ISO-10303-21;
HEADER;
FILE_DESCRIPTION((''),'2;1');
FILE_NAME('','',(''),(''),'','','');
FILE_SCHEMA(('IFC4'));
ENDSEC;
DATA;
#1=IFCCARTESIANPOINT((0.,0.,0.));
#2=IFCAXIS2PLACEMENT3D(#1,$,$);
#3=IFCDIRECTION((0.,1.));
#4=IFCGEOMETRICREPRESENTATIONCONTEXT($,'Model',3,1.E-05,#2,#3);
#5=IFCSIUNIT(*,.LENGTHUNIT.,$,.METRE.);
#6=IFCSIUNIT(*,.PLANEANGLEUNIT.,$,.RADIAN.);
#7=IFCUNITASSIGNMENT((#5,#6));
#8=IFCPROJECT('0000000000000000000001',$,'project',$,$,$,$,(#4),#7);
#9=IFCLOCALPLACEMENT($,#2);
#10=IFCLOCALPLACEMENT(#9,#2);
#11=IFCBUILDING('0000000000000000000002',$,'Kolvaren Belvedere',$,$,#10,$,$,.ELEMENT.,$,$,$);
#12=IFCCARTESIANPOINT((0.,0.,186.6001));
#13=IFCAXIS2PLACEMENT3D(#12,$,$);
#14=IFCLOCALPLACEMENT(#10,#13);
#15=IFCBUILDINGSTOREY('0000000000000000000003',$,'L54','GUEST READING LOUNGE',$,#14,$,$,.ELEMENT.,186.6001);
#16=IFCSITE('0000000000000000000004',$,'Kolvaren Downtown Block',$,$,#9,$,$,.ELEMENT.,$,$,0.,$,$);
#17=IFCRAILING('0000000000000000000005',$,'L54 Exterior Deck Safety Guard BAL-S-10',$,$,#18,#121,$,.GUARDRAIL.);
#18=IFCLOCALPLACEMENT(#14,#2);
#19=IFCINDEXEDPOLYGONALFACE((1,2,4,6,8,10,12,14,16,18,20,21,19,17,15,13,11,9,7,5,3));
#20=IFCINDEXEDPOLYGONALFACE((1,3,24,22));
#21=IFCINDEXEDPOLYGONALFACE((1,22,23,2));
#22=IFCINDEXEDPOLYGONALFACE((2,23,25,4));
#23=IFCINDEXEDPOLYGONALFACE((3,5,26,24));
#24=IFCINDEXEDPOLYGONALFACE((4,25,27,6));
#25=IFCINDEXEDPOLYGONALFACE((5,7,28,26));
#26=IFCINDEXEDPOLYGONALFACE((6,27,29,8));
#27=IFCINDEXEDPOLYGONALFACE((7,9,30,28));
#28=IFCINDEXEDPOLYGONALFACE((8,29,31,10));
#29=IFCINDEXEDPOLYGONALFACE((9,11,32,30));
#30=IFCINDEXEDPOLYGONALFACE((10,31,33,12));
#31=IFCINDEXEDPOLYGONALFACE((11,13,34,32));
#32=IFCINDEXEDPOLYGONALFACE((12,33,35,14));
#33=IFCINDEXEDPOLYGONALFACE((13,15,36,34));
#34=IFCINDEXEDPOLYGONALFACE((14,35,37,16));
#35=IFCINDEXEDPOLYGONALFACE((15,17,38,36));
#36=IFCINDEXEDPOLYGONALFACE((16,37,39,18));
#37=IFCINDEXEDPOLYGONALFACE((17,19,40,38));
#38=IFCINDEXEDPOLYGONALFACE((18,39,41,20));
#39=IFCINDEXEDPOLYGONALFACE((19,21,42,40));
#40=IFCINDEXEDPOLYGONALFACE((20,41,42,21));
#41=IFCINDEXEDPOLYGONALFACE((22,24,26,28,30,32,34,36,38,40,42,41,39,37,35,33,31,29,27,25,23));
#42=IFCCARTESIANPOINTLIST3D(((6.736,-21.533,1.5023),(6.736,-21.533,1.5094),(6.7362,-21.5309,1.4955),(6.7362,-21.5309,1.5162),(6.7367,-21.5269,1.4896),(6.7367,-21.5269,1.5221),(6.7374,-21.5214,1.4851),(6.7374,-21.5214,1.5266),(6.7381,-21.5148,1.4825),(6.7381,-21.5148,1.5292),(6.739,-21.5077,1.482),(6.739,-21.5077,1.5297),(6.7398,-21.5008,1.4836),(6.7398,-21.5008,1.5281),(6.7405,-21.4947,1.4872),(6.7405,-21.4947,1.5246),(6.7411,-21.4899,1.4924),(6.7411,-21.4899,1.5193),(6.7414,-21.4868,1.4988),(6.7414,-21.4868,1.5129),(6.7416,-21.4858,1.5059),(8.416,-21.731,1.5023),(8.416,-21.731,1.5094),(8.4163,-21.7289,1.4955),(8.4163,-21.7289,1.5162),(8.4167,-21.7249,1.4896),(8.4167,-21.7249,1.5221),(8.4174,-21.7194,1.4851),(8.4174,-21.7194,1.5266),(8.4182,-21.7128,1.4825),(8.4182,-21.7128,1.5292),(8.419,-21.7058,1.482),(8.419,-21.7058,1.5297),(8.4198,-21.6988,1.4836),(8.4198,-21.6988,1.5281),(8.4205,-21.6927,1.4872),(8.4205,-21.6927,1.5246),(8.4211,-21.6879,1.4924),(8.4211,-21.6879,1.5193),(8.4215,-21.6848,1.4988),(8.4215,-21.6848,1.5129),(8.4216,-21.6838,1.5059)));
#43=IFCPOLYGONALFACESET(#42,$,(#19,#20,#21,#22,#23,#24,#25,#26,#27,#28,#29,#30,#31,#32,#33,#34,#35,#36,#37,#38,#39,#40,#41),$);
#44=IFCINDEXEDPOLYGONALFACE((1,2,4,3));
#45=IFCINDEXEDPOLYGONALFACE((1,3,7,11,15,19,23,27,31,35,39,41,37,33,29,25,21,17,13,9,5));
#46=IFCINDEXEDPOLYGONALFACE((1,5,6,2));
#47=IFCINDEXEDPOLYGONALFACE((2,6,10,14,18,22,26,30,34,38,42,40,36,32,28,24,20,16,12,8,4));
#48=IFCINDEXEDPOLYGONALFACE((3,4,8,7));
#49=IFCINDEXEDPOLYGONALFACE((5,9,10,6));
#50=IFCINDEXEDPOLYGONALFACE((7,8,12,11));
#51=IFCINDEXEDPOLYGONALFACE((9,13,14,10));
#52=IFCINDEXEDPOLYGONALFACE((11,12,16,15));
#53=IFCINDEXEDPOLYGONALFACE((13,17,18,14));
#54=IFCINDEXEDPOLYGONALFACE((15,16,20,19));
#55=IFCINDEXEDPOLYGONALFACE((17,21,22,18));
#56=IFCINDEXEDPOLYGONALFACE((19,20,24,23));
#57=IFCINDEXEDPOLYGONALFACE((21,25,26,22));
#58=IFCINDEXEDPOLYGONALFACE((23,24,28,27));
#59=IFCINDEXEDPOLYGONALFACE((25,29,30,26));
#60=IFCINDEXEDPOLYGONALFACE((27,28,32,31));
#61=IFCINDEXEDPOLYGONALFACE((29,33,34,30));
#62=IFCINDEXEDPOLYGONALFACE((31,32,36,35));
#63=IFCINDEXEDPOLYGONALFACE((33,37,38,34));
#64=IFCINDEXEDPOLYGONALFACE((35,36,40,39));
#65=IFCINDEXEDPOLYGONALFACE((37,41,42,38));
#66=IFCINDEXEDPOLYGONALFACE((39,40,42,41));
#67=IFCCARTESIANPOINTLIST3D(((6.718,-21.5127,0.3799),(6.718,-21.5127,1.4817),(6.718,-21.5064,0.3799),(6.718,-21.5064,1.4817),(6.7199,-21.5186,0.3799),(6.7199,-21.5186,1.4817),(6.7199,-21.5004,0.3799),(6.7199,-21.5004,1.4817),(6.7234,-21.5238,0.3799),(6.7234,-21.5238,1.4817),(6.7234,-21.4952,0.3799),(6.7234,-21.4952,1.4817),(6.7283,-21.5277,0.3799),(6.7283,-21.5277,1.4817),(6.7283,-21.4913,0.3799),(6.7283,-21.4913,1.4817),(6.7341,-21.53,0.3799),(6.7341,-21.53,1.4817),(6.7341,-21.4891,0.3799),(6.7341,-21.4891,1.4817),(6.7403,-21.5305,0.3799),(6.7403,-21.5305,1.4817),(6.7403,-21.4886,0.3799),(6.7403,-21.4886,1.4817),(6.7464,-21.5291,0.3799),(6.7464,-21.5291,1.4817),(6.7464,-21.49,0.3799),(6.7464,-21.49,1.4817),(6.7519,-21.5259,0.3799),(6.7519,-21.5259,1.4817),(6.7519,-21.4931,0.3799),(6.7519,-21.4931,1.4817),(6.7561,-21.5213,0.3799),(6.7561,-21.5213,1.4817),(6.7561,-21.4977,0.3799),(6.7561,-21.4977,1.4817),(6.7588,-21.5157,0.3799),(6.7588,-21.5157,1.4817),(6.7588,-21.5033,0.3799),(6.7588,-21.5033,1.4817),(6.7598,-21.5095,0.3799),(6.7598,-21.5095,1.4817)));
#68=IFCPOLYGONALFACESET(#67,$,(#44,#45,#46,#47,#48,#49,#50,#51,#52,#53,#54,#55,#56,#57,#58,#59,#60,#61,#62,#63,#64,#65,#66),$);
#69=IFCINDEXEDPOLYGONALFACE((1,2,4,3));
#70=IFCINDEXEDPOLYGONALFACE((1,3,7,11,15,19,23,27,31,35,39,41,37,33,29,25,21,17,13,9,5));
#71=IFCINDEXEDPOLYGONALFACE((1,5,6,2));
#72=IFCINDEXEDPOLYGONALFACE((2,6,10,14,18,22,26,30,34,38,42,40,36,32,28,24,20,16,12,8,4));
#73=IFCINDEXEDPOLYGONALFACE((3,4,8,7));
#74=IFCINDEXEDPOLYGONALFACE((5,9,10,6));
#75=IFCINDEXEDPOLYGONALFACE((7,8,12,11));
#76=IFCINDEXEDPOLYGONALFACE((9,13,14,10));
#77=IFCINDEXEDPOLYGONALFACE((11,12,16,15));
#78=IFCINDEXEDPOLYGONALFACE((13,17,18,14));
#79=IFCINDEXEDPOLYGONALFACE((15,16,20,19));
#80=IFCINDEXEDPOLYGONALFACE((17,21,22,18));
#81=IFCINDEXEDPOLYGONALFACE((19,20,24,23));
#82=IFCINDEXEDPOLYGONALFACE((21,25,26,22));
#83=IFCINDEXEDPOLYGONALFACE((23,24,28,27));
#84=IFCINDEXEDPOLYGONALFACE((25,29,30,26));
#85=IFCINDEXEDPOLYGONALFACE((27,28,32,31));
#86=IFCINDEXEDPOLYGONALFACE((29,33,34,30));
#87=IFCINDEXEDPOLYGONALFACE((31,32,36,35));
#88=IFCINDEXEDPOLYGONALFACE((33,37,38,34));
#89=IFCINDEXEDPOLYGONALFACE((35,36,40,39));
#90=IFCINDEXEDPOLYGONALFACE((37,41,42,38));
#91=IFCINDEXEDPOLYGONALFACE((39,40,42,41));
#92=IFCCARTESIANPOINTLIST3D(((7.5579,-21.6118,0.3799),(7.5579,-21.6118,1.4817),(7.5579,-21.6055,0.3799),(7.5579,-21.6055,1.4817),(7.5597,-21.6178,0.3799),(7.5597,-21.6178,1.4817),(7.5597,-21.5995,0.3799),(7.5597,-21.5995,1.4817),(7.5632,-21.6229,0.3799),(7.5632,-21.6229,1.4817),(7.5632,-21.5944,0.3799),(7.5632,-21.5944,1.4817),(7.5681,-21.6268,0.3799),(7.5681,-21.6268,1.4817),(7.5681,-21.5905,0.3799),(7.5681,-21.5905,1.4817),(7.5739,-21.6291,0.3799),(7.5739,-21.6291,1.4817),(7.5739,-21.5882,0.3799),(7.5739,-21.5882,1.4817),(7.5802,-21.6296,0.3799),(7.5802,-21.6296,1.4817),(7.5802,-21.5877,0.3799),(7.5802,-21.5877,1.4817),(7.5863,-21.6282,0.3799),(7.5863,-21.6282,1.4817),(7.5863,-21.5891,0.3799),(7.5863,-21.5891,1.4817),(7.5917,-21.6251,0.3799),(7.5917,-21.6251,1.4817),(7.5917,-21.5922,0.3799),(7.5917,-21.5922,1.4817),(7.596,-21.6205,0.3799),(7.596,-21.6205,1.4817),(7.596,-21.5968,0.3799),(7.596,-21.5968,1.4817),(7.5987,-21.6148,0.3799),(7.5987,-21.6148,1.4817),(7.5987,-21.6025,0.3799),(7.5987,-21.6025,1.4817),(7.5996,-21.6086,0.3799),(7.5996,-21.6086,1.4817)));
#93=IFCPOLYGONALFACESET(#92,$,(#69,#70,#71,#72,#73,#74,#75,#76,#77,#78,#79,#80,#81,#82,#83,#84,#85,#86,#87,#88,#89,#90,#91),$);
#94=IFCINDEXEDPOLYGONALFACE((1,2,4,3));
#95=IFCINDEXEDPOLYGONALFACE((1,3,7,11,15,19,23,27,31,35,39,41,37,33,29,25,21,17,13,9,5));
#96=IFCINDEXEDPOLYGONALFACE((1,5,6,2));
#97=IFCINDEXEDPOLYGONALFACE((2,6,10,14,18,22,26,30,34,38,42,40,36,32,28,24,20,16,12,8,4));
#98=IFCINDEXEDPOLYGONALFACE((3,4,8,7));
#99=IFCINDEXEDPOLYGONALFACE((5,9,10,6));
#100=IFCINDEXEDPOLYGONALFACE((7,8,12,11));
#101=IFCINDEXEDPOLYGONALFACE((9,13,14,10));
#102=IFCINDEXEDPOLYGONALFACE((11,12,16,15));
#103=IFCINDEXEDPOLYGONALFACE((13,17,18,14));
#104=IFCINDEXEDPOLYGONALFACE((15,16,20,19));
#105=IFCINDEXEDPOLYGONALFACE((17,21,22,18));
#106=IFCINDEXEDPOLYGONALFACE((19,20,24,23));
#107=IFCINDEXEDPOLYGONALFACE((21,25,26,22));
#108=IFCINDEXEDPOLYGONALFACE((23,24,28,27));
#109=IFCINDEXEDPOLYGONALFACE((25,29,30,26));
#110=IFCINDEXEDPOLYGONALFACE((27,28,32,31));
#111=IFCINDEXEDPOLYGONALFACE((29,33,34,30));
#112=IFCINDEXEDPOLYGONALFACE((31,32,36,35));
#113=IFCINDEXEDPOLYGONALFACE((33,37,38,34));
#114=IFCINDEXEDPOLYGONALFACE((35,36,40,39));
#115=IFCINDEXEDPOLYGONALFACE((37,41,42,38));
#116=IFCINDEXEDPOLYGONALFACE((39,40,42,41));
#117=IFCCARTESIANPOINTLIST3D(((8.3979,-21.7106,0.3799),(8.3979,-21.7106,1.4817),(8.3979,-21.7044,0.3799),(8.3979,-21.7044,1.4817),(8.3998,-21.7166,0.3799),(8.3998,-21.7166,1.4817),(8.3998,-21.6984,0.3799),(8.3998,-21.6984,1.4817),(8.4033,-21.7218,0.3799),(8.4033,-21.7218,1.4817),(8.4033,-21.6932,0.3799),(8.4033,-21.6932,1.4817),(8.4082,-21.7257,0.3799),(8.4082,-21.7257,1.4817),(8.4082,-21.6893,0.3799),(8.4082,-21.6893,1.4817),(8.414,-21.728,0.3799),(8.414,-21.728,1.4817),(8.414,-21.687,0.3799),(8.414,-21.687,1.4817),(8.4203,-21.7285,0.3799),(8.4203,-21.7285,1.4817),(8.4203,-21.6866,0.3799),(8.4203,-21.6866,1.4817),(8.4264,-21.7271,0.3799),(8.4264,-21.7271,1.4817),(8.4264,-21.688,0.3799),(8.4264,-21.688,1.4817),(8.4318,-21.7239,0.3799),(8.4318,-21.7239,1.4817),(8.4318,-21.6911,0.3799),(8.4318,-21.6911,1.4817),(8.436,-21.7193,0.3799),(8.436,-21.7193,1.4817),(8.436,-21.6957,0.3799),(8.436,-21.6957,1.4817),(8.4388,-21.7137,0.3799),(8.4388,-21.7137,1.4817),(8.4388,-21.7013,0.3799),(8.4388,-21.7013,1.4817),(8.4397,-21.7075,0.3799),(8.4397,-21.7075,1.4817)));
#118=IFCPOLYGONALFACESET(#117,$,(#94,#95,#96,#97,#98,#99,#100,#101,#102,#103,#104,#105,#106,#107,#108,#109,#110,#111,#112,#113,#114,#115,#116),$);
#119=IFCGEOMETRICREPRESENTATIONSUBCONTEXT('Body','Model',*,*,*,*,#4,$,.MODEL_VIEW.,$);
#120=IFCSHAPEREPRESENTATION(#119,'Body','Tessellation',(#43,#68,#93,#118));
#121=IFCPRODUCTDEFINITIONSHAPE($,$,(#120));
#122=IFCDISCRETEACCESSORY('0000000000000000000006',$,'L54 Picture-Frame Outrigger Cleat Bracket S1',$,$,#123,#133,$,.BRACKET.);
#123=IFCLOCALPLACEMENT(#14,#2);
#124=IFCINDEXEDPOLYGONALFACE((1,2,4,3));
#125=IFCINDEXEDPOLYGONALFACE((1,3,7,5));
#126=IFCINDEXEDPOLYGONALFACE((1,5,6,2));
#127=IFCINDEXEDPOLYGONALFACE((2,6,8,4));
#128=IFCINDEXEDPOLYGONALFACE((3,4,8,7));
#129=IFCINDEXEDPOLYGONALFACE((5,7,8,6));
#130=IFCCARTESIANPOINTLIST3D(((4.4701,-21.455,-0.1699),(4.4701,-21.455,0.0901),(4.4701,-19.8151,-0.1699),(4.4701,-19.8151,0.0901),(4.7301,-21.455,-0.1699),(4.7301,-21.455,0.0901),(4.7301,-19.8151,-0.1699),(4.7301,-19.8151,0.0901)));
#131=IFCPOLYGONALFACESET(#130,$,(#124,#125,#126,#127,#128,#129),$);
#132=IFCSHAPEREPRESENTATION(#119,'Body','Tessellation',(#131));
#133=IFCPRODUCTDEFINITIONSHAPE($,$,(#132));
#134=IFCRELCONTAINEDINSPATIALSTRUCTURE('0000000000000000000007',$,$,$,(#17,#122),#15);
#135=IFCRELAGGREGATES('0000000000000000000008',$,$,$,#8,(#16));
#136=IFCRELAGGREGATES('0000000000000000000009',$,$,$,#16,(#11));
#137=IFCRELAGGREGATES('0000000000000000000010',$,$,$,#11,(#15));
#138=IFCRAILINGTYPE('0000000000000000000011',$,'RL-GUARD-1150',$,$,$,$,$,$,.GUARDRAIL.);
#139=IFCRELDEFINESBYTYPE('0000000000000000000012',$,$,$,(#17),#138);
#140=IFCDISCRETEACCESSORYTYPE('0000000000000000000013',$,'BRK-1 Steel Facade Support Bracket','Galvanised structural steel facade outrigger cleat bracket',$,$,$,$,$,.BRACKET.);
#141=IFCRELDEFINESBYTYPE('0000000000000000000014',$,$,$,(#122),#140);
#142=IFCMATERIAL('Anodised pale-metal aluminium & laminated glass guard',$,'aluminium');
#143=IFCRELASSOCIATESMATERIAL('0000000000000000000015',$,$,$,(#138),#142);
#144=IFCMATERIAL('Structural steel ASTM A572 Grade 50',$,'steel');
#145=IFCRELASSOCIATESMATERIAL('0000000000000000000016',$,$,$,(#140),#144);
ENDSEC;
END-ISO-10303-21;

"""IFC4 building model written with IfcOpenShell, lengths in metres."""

from ifc_helpers import new_model, si_unit, direction, frame, origin, origin_2d, place, context, subcontext, project, spatial, rectangle, circle, extrude, material, type_object, element, save


model = new_model("IFC4")

# Units and contexts
model_context = context("Model", 3, precision=1e-05, world=origin(), true_north=direction((0.0, 1.0)))
body_context = subcontext(model_context, "Body", "Model", "MODEL_VIEW")
ifc_project = project(units=[si_unit("LENGTHUNIT", "METRE"), si_unit("PLANEANGLEUNIT", "RADIAN")], contexts=[model_context])

# Site, building, storey
site_placement = place(None, origin())
site = spatial("IfcSite", under=ifc_project, at=site_placement, Name="Kolvaren Downtown Block", CompositionType="ELEMENT", RefElevation=0.0)
building_placement = place(site_placement, origin())
building = spatial("IfcBuilding", under=site, at=building_placement, Name="Kolvaren Belvedere", CompositionType="ELEMENT")
storey_placement = place(building_placement, frame((0.0, 0.0, 186.6001)))
storey = spatial("IfcBuildingStorey", under=building, at=storey_placement, Name="L54", Description="GUEST READING LOUNGE", CompositionType="ELEMENT", Elevation=186.6001)

# Railing
ifc_material_1 = material(Name="Anodised pale-metal aluminium & laminated glass guard", Category="aluminium")
railing_type = type_object("IfcRailingType", Name="RL-GUARD-1150", PredefinedType="GUARDRAIL", material=ifc_material_1)
railing_1_placement = place(storey_placement, frame((6.7388, -21.5095, 0.3799)))
element("IfcRailing", 1, at=railing_1_placement, inside=storey, type_object=railing_type, Name="L54 Exterior Deck Safety Guard BAL-S-10", PredefinedType="GUARDRAIL", context=body_context, shape_type="SweptSolid", body=[
    extrude(circle(Radius=0.0239, at=origin_2d()), frame((0.0, 0.0, 1.126), z_axis=(0.993126, -0.117051, 0.0), x_axis=(0.117051, 0.993126, 0.0)), (0.0, 0.0, 1.0), 1.6917),
    extrude(circle(Radius=0.021, at=origin_2d()), origin(), (0.0, 0.0, 1.0), 1.1018),
    extrude(circle(Radius=0.021, at=origin_2d()), frame((0.8398, -0.0991, 0.0)), (0.0, 0.0, 1.0), 1.1018),
    extrude(circle(Radius=0.021, at=origin_2d()), frame((1.6799, -0.198, 0.0)), (0.0, 0.0, 1.0), 1.1018),
])

# Discrete accessory
ifc_material_2 = material(Name="Structural steel ASTM A572 Grade 50", Category="steel")
discrete_accessory_type = type_object("IfcDiscreteAccessoryType", Name="BRK-1 Steel Facade Support Bracket", Description="Galvanised structural steel facade outrigger cleat bracket", PredefinedType="BRACKET", material=ifc_material_2)
discrete_accessory_placement = place(storey_placement, frame((4.6001, -20.635, -0.1699), z_axis=(0.0, 0.0, 1.0), x_axis=(0.0, 1.0, 0.0)))
element("IfcDiscreteAccessory", 2, at=discrete_accessory_placement, inside=storey, type_object=discrete_accessory_type, Name="L54 Picture-Frame Outrigger Cleat Bracket S1", PredefinedType="BRACKET", context=body_context, shape_type="SweptSolid", body=[
    extrude(rectangle(XDim=1.6399, YDim=0.26, at=origin_2d()), origin(), (0.0, 0.0, 1.0), 0.26),
])

save(model, "model.ifc")
